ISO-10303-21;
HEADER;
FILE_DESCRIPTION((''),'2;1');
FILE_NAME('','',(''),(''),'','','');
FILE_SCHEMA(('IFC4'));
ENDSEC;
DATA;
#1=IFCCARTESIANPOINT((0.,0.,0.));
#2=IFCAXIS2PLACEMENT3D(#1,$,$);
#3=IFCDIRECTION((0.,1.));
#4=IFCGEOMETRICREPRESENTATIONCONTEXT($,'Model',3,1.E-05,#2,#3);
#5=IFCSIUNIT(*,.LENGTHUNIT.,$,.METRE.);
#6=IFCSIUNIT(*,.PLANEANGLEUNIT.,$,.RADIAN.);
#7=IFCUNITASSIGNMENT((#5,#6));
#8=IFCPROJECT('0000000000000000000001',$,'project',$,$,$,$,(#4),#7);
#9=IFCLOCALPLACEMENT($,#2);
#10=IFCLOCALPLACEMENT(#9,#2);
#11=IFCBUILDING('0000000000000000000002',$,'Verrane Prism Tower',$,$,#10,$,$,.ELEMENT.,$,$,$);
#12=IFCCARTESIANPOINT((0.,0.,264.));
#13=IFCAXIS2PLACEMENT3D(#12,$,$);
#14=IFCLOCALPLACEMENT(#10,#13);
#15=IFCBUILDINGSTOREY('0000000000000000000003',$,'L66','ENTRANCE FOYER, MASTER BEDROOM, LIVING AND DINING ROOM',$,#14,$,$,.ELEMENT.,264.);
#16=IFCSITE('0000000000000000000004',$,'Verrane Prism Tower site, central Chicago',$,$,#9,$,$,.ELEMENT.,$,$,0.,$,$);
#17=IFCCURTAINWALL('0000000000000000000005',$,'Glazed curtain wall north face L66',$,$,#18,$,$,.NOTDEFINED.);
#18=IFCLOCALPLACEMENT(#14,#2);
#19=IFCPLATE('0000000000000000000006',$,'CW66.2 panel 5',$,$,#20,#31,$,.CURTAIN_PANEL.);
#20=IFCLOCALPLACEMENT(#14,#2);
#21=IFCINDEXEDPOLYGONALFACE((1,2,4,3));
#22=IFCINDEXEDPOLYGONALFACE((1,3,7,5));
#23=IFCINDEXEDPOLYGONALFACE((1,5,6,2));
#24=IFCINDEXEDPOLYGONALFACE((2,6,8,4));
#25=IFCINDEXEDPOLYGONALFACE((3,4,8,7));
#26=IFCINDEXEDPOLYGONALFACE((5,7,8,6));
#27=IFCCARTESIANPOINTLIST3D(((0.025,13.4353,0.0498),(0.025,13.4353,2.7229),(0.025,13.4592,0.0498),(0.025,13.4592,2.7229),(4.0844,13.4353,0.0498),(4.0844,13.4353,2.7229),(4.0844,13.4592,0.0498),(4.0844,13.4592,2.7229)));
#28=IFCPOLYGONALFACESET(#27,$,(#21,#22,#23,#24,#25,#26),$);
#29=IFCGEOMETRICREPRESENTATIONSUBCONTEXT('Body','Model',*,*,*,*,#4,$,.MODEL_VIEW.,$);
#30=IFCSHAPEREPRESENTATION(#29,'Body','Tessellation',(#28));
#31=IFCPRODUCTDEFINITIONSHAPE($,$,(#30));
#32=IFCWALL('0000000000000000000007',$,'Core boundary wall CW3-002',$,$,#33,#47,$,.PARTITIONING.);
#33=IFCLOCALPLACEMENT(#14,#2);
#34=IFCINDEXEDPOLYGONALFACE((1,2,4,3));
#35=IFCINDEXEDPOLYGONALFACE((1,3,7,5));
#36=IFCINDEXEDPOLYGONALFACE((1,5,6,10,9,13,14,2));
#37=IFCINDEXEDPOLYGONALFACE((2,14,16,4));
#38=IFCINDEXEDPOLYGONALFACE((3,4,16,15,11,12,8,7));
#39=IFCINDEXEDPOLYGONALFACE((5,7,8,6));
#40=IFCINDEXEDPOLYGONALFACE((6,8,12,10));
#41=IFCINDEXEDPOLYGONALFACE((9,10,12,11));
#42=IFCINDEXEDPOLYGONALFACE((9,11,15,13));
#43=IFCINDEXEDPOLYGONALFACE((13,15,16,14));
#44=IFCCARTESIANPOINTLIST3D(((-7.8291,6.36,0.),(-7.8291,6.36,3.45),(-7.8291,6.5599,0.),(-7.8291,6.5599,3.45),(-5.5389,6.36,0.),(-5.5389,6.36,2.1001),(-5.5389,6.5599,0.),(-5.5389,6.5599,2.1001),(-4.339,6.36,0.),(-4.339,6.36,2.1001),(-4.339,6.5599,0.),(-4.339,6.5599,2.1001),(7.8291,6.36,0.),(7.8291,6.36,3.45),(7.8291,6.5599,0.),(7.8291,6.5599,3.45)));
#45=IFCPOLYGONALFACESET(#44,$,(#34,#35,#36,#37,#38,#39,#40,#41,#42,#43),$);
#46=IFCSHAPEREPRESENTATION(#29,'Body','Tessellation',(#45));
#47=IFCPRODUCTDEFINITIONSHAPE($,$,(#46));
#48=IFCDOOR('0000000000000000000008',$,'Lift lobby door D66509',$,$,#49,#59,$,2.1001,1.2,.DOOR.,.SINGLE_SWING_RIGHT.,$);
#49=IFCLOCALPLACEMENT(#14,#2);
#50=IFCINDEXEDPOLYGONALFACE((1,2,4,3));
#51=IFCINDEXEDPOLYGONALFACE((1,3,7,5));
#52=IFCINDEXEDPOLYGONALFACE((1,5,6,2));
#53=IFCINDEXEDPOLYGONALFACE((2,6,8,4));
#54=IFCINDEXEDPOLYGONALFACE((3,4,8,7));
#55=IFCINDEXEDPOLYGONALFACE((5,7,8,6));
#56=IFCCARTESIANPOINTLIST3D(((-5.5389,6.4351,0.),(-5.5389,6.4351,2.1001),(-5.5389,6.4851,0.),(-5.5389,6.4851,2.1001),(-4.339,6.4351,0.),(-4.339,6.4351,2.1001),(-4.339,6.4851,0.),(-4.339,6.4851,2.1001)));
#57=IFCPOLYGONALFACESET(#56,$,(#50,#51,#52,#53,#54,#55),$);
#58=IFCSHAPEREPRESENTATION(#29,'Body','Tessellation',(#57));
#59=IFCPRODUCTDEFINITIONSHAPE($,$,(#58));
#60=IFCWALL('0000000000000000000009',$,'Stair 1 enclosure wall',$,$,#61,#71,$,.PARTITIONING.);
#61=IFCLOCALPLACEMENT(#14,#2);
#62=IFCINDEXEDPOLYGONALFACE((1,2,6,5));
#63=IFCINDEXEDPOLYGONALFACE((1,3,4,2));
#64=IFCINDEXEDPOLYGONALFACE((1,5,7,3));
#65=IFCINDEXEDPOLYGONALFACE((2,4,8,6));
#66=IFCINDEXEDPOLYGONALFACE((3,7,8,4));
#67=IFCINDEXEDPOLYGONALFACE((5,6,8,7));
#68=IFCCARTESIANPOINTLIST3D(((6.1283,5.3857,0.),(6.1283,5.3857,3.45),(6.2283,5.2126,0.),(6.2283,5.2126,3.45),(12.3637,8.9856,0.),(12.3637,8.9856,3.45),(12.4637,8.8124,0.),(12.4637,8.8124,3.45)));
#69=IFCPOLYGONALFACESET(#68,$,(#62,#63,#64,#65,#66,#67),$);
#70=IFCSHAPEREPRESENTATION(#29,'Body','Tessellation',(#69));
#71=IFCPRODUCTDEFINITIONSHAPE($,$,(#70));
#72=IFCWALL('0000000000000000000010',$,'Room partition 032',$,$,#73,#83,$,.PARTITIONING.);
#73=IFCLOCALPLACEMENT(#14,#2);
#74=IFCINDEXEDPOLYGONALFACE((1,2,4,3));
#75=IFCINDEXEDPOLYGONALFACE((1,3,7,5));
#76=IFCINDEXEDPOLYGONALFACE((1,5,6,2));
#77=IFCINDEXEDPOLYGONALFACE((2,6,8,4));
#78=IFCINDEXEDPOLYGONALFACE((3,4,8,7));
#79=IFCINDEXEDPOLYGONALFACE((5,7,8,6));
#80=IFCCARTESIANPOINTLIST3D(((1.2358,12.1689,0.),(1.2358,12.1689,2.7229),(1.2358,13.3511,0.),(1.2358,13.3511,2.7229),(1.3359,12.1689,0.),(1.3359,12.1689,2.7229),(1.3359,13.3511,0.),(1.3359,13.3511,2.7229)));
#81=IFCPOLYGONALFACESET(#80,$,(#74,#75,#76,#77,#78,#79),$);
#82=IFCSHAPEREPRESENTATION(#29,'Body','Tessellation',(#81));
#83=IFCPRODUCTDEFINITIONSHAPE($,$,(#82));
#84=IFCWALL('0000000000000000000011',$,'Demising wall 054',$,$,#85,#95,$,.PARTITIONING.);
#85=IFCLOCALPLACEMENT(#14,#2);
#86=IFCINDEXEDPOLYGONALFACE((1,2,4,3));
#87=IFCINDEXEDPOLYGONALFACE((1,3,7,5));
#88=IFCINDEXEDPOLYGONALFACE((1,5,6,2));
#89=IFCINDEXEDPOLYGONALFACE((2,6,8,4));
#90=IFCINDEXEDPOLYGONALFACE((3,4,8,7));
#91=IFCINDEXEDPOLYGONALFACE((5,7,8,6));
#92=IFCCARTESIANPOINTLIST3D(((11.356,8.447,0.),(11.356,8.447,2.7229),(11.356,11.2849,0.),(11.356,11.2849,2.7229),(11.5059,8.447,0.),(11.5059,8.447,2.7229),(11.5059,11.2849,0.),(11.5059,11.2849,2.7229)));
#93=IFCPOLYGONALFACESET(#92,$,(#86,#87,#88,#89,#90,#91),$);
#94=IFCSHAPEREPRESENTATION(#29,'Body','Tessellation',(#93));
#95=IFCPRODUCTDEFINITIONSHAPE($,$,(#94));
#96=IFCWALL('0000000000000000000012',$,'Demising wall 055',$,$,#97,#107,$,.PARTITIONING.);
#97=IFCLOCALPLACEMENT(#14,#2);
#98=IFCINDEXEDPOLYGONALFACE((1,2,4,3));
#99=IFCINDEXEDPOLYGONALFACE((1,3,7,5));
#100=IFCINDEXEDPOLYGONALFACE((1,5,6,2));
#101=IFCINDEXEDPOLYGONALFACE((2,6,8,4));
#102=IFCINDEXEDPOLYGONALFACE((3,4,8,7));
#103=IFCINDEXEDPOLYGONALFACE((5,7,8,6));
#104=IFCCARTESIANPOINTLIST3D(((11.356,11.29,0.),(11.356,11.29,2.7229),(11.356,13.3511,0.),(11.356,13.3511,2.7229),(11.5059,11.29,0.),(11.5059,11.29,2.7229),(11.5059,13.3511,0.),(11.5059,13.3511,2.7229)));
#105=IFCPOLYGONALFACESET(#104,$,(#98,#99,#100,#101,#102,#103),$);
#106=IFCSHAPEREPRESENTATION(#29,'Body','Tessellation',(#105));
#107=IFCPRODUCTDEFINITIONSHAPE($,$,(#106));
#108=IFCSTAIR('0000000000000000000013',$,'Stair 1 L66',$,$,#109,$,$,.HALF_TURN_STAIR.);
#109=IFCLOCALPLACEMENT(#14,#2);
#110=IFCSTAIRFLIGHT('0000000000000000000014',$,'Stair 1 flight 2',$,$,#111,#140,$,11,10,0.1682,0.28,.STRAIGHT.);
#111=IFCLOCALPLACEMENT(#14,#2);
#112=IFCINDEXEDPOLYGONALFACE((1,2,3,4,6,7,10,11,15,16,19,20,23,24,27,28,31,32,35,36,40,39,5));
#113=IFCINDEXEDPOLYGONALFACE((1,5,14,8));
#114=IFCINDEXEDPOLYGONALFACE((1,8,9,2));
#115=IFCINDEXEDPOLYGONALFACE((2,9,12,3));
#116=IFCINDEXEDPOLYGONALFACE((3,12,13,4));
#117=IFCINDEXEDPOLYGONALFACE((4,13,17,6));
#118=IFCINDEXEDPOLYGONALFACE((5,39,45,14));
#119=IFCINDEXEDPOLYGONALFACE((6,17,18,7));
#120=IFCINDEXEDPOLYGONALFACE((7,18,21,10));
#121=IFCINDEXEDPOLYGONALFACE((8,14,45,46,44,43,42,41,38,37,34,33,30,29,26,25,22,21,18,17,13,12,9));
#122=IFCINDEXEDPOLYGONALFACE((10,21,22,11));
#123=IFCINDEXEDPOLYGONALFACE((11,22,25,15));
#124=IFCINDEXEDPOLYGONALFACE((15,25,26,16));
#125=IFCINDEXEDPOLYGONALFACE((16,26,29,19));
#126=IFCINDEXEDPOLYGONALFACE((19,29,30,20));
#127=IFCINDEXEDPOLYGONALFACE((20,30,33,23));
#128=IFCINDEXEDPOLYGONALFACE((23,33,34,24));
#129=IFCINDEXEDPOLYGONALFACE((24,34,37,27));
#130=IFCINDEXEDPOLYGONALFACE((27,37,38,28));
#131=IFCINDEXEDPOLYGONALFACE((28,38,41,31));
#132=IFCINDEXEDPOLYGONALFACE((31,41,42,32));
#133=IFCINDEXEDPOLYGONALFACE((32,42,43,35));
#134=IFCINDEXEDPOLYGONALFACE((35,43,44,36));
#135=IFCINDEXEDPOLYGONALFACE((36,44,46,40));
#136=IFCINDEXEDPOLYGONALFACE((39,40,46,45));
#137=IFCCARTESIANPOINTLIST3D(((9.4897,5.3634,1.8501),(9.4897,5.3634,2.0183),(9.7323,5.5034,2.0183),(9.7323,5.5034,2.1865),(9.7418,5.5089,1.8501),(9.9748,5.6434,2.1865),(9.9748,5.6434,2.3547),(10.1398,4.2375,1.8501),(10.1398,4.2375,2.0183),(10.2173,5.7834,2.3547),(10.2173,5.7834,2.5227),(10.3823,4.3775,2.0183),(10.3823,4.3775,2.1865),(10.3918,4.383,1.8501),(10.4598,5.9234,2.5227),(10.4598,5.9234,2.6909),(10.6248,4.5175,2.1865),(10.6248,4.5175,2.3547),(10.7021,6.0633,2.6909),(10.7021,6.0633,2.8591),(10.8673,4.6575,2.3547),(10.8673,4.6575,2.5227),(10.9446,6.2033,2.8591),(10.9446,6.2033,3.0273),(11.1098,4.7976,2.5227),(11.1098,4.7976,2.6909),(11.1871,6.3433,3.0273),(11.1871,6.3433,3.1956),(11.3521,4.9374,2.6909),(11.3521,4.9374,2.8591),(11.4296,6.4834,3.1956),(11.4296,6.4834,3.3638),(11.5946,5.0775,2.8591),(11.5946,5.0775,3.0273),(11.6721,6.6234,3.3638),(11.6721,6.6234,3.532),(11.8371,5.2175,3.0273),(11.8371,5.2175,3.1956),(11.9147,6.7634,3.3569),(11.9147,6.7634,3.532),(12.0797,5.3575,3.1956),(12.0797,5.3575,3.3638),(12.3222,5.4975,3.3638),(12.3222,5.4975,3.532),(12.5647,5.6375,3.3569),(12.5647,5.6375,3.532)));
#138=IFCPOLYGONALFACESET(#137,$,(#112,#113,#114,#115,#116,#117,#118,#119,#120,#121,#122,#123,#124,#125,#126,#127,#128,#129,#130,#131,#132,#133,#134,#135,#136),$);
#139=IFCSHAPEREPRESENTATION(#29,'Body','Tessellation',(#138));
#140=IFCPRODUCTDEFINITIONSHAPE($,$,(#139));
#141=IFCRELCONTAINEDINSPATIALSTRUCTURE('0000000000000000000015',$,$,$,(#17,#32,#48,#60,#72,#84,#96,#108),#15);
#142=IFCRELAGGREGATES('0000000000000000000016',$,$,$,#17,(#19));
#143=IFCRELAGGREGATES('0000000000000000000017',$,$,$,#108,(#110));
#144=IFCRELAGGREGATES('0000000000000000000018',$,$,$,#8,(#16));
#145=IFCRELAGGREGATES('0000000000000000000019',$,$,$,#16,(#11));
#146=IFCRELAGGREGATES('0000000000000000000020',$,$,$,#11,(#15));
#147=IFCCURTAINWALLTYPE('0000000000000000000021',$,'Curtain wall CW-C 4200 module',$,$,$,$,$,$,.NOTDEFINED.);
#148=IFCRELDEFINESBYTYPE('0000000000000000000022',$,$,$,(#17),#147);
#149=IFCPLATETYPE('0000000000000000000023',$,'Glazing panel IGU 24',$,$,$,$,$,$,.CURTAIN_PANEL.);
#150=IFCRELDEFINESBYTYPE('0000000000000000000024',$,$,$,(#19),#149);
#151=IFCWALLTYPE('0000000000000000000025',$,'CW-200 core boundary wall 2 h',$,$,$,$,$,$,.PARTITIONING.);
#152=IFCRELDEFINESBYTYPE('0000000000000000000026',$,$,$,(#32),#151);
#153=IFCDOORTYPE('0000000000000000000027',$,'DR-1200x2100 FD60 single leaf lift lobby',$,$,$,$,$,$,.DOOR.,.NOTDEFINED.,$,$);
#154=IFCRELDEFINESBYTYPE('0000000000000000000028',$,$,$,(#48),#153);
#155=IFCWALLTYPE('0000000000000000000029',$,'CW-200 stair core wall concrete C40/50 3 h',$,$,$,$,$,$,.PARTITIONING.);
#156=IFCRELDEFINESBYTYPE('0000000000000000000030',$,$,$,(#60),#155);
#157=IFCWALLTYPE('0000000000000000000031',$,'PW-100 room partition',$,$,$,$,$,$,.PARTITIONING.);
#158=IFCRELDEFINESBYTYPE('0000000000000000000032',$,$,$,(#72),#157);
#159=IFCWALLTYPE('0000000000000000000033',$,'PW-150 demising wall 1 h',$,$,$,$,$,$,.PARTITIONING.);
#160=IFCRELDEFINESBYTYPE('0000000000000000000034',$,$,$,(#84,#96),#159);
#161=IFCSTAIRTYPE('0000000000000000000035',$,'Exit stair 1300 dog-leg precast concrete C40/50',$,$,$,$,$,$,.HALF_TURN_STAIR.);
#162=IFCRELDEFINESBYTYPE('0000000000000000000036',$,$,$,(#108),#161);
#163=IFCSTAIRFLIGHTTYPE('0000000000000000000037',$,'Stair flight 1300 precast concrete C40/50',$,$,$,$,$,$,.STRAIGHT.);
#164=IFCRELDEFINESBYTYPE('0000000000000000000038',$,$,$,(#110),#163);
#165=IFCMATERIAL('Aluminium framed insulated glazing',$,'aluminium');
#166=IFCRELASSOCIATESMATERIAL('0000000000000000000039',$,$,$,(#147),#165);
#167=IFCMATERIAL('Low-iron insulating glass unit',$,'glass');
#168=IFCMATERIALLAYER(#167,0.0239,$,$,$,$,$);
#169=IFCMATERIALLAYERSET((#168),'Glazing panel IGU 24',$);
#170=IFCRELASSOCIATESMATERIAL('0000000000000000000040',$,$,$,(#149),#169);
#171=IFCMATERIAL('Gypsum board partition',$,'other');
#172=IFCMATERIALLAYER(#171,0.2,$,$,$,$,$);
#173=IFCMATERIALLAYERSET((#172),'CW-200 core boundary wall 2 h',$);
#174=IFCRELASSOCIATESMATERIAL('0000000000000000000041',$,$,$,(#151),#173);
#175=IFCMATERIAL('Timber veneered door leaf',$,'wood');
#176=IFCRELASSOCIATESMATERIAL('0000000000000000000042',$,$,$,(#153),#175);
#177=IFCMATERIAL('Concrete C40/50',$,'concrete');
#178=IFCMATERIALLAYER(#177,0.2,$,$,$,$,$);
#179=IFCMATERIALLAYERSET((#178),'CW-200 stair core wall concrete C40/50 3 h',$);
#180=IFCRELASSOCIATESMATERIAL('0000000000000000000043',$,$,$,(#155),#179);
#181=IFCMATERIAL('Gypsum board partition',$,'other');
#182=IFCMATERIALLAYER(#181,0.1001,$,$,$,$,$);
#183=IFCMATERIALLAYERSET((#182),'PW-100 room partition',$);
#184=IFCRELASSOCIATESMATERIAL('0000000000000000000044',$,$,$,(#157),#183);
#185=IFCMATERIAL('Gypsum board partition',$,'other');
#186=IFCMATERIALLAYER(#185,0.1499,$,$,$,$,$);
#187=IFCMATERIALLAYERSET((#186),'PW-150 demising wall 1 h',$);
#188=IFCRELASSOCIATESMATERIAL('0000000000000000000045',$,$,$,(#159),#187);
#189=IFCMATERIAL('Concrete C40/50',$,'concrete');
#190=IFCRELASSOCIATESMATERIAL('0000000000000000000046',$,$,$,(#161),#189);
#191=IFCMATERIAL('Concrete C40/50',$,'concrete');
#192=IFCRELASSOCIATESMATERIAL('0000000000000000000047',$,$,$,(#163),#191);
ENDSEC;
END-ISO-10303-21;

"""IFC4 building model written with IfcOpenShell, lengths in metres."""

from ifc_helpers import new_model, si_unit, direction, frame, frame_2d, origin, origin_2d, place, context, subcontext, project, spatial, polyline, rectangle, outline, extrude, material, layer, layer_set, type_object, element, fill, aggregate, save


model = new_model("IFC4")

# Units and contexts
model_context = context("Model", 3, precision=1e-05, world=origin(), true_north=direction((0.0, 1.0)))
body_context = subcontext(model_context, "Body", "Model", "MODEL_VIEW")
ifc_project = project(units=[si_unit("LENGTHUNIT", "METRE"), si_unit("PLANEANGLEUNIT", "RADIAN")], contexts=[model_context])

# Site, building, storey
site_placement = place(None, origin())
site = spatial("IfcSite", under=ifc_project, at=site_placement, Name="Verrane Prism Tower site, central Chicago", CompositionType="ELEMENT", RefElevation=0.0)
building_placement = place(site_placement, origin())
building = spatial("IfcBuilding", under=site, at=building_placement, Name="Verrane Prism Tower", CompositionType="ELEMENT")
storey_placement = place(building_placement, frame((0.0, 0.0, 264.0)))
storey = spatial("IfcBuildingStorey", under=building, at=storey_placement, Name="L66", Description="ENTRANCE FOYER, MASTER BEDROOM, LIVING AND DINING ROOM", CompositionType="ELEMENT", Elevation=264.0)

# Curtain wall
ifc_material_1 = material(Name="Aluminium framed insulated glazing", Category="aluminium")
curtain_wall_type = type_object("IfcCurtainWallType", Name="Curtain wall CW-C 4200 module", PredefinedType="NOTDEFINED", material=ifc_material_1)
curtain_wall_placement = place(storey_placement, origin())
curtain_wall = element("IfcCurtainWall", 1, at=curtain_wall_placement, inside=storey, type_object=curtain_wall_type, Name="Glazed curtain wall north face L66", PredefinedType="NOTDEFINED")

# Plate
ifc_material_2 = material(Name="Low-iron insulating glass unit", Category="glass")
ifc_layer_1 = layer(ifc_material_2, 0.0239)
ifc_layer_set_1 = layer_set([ifc_layer_1], Name="Glazing panel IGU 24")
plate_type = type_object("IfcPlateType", Name="Glazing panel IGU 24", PredefinedType="CURTAIN_PANEL", material=ifc_layer_set_1)
plate_1_placement = place(storey_placement, frame((2.0547, 13.4473, 0.0498), z_axis=(0.0, 0.0, 1.0), x_axis=(-1.0, 0.0, 0.0)))
plate_1 = element("IfcPlate", 2, at=plate_1_placement, type_object=plate_type, Name="CW66.2 panel 5", PredefinedType="CURTAIN_PANEL", context=body_context, shape_type="SweptSolid", body=[
    extrude(rectangle(XDim=4.0593, YDim=0.0239, at=origin_2d()), origin(), (0.0, 0.0, 1.0), 2.6731),
])
aggregate(curtain_wall, [plate_1])

# Wall, opening, door
ifc_material_3 = material(Name="Gypsum board partition", Category="other")
ifc_layer_2 = layer(ifc_material_3, 0.2)
ifc_layer_set_2 = layer_set([ifc_layer_2], Name="CW-200 core boundary wall 2 h")
wall_type_1 = type_object("IfcWallType", Name="CW-200 core boundary wall 2 h", PredefinedType="PARTITIONING", material=ifc_layer_set_2)
wall_1_placement = place(storey_placement, frame((7.8291, 6.46, 0.0), z_axis=(0.0, 0.0, 1.0), x_axis=(-1.0, 0.0, 0.0)))
wall_1 = element("IfcWall", 3, at=wall_1_placement, inside=storey, type_object=wall_type_1, Name="Core boundary wall CW3-002", PredefinedType="PARTITIONING", context=body_context, shape_type="SweptSolid", body=[
    extrude(rectangle(XDim=15.6582, YDim=0.2, at=frame_2d((7.8291, 0.0))), origin(), (0.0, 0.0, 1.0), 3.45),
])
opening_placement = place(wall_1_placement, frame((12.168, 0.0, 0.0)))
opening = element("IfcOpeningElement", 4, at=opening_placement, cuts=wall_1, PredefinedType="OPENING", context=body_context, shape_type="SweptSolid", body=[
    extrude(rectangle(XDim=1.2, YDim=2.1001, at=frame_2d((0.6001, 1.05))), frame((0.0, 0.1099, 0.0), z_axis=(0.0, -1.0, 0.0), x_axis=(1.0, 0.0, 0.0)), (0.0, 0.0, 1.0), 0.22),
])
ifc_material_4 = material(Name="Timber veneered door leaf", Category="wood")
door_type = type_object("IfcDoorType", Name="DR-1200x2100 FD60 single leaf lift lobby", OperationType="NOTDEFINED", PredefinedType="DOOR", material=ifc_material_4)
door_placement = place(opening_placement, origin())
door = element("IfcDoor", 5, at=door_placement, inside=storey, type_object=door_type, Name="Lift lobby door D66509", OperationType="SINGLE_SWING_RIGHT", OverallHeight=2.1001, OverallWidth=1.2, PredefinedType="DOOR", context=body_context, shape_type="SweptSolid", body=[
    extrude(rectangle(XDim=1.2, YDim=2.1001, at=frame_2d((0.6001, 1.05))), frame((0.0, 0.0249, 0.0), z_axis=(0.0, -1.0, 0.0), x_axis=(1.0, 0.0, 0.0)), (0.0, 0.0, 1.0), 0.05),
])
fill(opening, door)

# Walls
ifc_material_5 = material(Name="Concrete C40/50", Category="concrete")
ifc_layer_3 = layer(ifc_material_5, 0.2)
ifc_layer_set_3 = layer_set([ifc_layer_3], Name="CW-200 stair core wall concrete C40/50 3 h")
wall_type_2 = type_object("IfcWallType", Name="CW-200 stair core wall concrete C40/50 3 h", PredefinedType="PARTITIONING", material=ifc_layer_set_3)
wall_2_placement = place(storey_placement, frame((6.1782, 5.2991, 0.0), z_axis=(0.0, 0.0, 1.0), x_axis=(0.866033, 0.499987, 0.0)))
element("IfcWall", 6, at=wall_2_placement, inside=storey, type_object=wall_type_2, Name="Stair 1 enclosure wall", PredefinedType="PARTITIONING", context=body_context, shape_type="SweptSolid", body=[
    extrude(rectangle(XDim=7.2, YDim=0.2, at=frame_2d((3.6001, 0.0))), origin(), (0.0, 0.0, 1.0), 3.45),
])
ifc_material_6 = material(Name="Gypsum board partition", Category="other")
ifc_layer_4 = layer(ifc_material_6, 0.1001)
ifc_layer_set_4 = layer_set([ifc_layer_4], Name="PW-100 room partition")
wall_type_3 = type_object("IfcWallType", Name="PW-100 room partition", PredefinedType="PARTITIONING", material=ifc_layer_set_4)
wall_3_placement = place(storey_placement, frame((1.2859, 12.1689, 0.0), z_axis=(0.0, 0.0, 1.0), x_axis=(0.0, 1.0, 0.0)))
element("IfcWall", 7, at=wall_3_placement, inside=storey, type_object=wall_type_3, Name="Room partition 032", PredefinedType="PARTITIONING", context=body_context, shape_type="SweptSolid", body=[
    extrude(rectangle(XDim=1.1821, YDim=0.1001, at=frame_2d((0.5911, 0.0))), origin(), (0.0, 0.0, 1.0), 2.7229),
])
ifc_material_7 = material(Name="Gypsum board partition", Category="other")
ifc_layer_5 = layer(ifc_material_7, 0.1499)
ifc_layer_set_5 = layer_set([ifc_layer_5], Name="PW-150 demising wall 1 h")
wall_type_4 = type_object("IfcWallType", Name="PW-150 demising wall 1 h", PredefinedType="PARTITIONING", material=ifc_layer_set_5)
wall_4_placement = place(storey_placement, frame((11.4309, 8.447, 0.0), z_axis=(0.0, 0.0, 1.0), x_axis=(0.0, 1.0, 0.0)))
element("IfcWall", 8, at=wall_4_placement, inside=storey, type_object=wall_type_4, Name="Demising wall 054", PredefinedType="PARTITIONING", context=body_context, shape_type="SweptSolid", body=[
    extrude(rectangle(XDim=2.8379, YDim=0.1499, at=frame_2d((1.4189, 0.0))), origin(), (0.0, 0.0, 1.0), 2.7229),
])
wall_5_placement = place(storey_placement, frame((11.4309, 11.29, 0.0), z_axis=(0.0, 0.0, 1.0), x_axis=(0.0, 1.0, 0.0)))
element("IfcWall", 9, at=wall_5_placement, inside=storey, type_object=wall_type_4, Name="Demising wall 055", PredefinedType="PARTITIONING", context=body_context, shape_type="SweptSolid", body=[
    extrude(rectangle(XDim=2.061, YDim=0.1499, at=frame_2d((1.0305, 0.0))), origin(), (0.0, 0.0, 1.0), 2.7229),
])

# Stair, stair flight
ifc_material_8 = material(Name="Concrete C40/50", Category="concrete")
stair_type = type_object("IfcStairType", Name="Exit stair 1300 dog-leg precast concrete C40/50", PredefinedType="HALF_TURN_STAIR", material=ifc_material_8)
stair_placement = place(storey_placement, origin())
stair = element("IfcStair", 10, at=stair_placement, inside=storey, type_object=stair_type, Name="Stair 1 L66", PredefinedType="HALF_TURN_STAIR")
ifc_material_9 = material(Name="Concrete C40/50", Category="concrete")
stair_flight_type = type_object("IfcStairFlightType", Name="Stair flight 1300 precast concrete C40/50", PredefinedType="STRAIGHT", material=ifc_material_9)
stair_flight_placement = place(storey_placement, frame((9.8147, 4.8005, 1.8501), z_axis=(0.0, 0.0, 1.0), x_axis=(0.866025, 0.5, 0.0)))
stair_flight = element("IfcStairFlight", 11, at=stair_flight_placement, type_object=stair_flight_type, Name="Stair 1 flight 2", NumberOfRisers=11, NumberOfTreads=10, PredefinedType="STRAIGHT", RiserHeight=0.1682, TreadLength=0.28, context=body_context, shape_type="SweptSolid", body=[
    extrude(outline(polyline([(0.0, 0.0), (0.0, 0.1682), (0.28, 0.1682), (0.28, 0.3364), (0.5601, 0.3364), (0.5601, 0.5046), (0.8401, 0.5046), (0.8401, 0.6726), (1.1201, 0.6726), (1.1201, 0.8408), (1.3999, 0.8408), (1.3999, 1.009), (1.6799, 1.009), (1.6799, 1.1772), (1.96, 1.1772), (1.96, 1.3455), (2.24, 1.3455), (2.24, 1.5137), (2.52, 1.5137), (2.52, 1.6819), (2.8, 1.6819), (2.8, 1.8501), (2.8, 1.5068), (0.291, 0.0), (0.0, 0.0)])), frame((0.0, 0.6499, 0.0), z_axis=(0.0, -1.0, 0.0), x_axis=(1.0, 0.0, 0.0)), (0.0, 0.0, 1.0), 1.3),
])
aggregate(stair, [stair_flight])

save(model, "model.ifc")
